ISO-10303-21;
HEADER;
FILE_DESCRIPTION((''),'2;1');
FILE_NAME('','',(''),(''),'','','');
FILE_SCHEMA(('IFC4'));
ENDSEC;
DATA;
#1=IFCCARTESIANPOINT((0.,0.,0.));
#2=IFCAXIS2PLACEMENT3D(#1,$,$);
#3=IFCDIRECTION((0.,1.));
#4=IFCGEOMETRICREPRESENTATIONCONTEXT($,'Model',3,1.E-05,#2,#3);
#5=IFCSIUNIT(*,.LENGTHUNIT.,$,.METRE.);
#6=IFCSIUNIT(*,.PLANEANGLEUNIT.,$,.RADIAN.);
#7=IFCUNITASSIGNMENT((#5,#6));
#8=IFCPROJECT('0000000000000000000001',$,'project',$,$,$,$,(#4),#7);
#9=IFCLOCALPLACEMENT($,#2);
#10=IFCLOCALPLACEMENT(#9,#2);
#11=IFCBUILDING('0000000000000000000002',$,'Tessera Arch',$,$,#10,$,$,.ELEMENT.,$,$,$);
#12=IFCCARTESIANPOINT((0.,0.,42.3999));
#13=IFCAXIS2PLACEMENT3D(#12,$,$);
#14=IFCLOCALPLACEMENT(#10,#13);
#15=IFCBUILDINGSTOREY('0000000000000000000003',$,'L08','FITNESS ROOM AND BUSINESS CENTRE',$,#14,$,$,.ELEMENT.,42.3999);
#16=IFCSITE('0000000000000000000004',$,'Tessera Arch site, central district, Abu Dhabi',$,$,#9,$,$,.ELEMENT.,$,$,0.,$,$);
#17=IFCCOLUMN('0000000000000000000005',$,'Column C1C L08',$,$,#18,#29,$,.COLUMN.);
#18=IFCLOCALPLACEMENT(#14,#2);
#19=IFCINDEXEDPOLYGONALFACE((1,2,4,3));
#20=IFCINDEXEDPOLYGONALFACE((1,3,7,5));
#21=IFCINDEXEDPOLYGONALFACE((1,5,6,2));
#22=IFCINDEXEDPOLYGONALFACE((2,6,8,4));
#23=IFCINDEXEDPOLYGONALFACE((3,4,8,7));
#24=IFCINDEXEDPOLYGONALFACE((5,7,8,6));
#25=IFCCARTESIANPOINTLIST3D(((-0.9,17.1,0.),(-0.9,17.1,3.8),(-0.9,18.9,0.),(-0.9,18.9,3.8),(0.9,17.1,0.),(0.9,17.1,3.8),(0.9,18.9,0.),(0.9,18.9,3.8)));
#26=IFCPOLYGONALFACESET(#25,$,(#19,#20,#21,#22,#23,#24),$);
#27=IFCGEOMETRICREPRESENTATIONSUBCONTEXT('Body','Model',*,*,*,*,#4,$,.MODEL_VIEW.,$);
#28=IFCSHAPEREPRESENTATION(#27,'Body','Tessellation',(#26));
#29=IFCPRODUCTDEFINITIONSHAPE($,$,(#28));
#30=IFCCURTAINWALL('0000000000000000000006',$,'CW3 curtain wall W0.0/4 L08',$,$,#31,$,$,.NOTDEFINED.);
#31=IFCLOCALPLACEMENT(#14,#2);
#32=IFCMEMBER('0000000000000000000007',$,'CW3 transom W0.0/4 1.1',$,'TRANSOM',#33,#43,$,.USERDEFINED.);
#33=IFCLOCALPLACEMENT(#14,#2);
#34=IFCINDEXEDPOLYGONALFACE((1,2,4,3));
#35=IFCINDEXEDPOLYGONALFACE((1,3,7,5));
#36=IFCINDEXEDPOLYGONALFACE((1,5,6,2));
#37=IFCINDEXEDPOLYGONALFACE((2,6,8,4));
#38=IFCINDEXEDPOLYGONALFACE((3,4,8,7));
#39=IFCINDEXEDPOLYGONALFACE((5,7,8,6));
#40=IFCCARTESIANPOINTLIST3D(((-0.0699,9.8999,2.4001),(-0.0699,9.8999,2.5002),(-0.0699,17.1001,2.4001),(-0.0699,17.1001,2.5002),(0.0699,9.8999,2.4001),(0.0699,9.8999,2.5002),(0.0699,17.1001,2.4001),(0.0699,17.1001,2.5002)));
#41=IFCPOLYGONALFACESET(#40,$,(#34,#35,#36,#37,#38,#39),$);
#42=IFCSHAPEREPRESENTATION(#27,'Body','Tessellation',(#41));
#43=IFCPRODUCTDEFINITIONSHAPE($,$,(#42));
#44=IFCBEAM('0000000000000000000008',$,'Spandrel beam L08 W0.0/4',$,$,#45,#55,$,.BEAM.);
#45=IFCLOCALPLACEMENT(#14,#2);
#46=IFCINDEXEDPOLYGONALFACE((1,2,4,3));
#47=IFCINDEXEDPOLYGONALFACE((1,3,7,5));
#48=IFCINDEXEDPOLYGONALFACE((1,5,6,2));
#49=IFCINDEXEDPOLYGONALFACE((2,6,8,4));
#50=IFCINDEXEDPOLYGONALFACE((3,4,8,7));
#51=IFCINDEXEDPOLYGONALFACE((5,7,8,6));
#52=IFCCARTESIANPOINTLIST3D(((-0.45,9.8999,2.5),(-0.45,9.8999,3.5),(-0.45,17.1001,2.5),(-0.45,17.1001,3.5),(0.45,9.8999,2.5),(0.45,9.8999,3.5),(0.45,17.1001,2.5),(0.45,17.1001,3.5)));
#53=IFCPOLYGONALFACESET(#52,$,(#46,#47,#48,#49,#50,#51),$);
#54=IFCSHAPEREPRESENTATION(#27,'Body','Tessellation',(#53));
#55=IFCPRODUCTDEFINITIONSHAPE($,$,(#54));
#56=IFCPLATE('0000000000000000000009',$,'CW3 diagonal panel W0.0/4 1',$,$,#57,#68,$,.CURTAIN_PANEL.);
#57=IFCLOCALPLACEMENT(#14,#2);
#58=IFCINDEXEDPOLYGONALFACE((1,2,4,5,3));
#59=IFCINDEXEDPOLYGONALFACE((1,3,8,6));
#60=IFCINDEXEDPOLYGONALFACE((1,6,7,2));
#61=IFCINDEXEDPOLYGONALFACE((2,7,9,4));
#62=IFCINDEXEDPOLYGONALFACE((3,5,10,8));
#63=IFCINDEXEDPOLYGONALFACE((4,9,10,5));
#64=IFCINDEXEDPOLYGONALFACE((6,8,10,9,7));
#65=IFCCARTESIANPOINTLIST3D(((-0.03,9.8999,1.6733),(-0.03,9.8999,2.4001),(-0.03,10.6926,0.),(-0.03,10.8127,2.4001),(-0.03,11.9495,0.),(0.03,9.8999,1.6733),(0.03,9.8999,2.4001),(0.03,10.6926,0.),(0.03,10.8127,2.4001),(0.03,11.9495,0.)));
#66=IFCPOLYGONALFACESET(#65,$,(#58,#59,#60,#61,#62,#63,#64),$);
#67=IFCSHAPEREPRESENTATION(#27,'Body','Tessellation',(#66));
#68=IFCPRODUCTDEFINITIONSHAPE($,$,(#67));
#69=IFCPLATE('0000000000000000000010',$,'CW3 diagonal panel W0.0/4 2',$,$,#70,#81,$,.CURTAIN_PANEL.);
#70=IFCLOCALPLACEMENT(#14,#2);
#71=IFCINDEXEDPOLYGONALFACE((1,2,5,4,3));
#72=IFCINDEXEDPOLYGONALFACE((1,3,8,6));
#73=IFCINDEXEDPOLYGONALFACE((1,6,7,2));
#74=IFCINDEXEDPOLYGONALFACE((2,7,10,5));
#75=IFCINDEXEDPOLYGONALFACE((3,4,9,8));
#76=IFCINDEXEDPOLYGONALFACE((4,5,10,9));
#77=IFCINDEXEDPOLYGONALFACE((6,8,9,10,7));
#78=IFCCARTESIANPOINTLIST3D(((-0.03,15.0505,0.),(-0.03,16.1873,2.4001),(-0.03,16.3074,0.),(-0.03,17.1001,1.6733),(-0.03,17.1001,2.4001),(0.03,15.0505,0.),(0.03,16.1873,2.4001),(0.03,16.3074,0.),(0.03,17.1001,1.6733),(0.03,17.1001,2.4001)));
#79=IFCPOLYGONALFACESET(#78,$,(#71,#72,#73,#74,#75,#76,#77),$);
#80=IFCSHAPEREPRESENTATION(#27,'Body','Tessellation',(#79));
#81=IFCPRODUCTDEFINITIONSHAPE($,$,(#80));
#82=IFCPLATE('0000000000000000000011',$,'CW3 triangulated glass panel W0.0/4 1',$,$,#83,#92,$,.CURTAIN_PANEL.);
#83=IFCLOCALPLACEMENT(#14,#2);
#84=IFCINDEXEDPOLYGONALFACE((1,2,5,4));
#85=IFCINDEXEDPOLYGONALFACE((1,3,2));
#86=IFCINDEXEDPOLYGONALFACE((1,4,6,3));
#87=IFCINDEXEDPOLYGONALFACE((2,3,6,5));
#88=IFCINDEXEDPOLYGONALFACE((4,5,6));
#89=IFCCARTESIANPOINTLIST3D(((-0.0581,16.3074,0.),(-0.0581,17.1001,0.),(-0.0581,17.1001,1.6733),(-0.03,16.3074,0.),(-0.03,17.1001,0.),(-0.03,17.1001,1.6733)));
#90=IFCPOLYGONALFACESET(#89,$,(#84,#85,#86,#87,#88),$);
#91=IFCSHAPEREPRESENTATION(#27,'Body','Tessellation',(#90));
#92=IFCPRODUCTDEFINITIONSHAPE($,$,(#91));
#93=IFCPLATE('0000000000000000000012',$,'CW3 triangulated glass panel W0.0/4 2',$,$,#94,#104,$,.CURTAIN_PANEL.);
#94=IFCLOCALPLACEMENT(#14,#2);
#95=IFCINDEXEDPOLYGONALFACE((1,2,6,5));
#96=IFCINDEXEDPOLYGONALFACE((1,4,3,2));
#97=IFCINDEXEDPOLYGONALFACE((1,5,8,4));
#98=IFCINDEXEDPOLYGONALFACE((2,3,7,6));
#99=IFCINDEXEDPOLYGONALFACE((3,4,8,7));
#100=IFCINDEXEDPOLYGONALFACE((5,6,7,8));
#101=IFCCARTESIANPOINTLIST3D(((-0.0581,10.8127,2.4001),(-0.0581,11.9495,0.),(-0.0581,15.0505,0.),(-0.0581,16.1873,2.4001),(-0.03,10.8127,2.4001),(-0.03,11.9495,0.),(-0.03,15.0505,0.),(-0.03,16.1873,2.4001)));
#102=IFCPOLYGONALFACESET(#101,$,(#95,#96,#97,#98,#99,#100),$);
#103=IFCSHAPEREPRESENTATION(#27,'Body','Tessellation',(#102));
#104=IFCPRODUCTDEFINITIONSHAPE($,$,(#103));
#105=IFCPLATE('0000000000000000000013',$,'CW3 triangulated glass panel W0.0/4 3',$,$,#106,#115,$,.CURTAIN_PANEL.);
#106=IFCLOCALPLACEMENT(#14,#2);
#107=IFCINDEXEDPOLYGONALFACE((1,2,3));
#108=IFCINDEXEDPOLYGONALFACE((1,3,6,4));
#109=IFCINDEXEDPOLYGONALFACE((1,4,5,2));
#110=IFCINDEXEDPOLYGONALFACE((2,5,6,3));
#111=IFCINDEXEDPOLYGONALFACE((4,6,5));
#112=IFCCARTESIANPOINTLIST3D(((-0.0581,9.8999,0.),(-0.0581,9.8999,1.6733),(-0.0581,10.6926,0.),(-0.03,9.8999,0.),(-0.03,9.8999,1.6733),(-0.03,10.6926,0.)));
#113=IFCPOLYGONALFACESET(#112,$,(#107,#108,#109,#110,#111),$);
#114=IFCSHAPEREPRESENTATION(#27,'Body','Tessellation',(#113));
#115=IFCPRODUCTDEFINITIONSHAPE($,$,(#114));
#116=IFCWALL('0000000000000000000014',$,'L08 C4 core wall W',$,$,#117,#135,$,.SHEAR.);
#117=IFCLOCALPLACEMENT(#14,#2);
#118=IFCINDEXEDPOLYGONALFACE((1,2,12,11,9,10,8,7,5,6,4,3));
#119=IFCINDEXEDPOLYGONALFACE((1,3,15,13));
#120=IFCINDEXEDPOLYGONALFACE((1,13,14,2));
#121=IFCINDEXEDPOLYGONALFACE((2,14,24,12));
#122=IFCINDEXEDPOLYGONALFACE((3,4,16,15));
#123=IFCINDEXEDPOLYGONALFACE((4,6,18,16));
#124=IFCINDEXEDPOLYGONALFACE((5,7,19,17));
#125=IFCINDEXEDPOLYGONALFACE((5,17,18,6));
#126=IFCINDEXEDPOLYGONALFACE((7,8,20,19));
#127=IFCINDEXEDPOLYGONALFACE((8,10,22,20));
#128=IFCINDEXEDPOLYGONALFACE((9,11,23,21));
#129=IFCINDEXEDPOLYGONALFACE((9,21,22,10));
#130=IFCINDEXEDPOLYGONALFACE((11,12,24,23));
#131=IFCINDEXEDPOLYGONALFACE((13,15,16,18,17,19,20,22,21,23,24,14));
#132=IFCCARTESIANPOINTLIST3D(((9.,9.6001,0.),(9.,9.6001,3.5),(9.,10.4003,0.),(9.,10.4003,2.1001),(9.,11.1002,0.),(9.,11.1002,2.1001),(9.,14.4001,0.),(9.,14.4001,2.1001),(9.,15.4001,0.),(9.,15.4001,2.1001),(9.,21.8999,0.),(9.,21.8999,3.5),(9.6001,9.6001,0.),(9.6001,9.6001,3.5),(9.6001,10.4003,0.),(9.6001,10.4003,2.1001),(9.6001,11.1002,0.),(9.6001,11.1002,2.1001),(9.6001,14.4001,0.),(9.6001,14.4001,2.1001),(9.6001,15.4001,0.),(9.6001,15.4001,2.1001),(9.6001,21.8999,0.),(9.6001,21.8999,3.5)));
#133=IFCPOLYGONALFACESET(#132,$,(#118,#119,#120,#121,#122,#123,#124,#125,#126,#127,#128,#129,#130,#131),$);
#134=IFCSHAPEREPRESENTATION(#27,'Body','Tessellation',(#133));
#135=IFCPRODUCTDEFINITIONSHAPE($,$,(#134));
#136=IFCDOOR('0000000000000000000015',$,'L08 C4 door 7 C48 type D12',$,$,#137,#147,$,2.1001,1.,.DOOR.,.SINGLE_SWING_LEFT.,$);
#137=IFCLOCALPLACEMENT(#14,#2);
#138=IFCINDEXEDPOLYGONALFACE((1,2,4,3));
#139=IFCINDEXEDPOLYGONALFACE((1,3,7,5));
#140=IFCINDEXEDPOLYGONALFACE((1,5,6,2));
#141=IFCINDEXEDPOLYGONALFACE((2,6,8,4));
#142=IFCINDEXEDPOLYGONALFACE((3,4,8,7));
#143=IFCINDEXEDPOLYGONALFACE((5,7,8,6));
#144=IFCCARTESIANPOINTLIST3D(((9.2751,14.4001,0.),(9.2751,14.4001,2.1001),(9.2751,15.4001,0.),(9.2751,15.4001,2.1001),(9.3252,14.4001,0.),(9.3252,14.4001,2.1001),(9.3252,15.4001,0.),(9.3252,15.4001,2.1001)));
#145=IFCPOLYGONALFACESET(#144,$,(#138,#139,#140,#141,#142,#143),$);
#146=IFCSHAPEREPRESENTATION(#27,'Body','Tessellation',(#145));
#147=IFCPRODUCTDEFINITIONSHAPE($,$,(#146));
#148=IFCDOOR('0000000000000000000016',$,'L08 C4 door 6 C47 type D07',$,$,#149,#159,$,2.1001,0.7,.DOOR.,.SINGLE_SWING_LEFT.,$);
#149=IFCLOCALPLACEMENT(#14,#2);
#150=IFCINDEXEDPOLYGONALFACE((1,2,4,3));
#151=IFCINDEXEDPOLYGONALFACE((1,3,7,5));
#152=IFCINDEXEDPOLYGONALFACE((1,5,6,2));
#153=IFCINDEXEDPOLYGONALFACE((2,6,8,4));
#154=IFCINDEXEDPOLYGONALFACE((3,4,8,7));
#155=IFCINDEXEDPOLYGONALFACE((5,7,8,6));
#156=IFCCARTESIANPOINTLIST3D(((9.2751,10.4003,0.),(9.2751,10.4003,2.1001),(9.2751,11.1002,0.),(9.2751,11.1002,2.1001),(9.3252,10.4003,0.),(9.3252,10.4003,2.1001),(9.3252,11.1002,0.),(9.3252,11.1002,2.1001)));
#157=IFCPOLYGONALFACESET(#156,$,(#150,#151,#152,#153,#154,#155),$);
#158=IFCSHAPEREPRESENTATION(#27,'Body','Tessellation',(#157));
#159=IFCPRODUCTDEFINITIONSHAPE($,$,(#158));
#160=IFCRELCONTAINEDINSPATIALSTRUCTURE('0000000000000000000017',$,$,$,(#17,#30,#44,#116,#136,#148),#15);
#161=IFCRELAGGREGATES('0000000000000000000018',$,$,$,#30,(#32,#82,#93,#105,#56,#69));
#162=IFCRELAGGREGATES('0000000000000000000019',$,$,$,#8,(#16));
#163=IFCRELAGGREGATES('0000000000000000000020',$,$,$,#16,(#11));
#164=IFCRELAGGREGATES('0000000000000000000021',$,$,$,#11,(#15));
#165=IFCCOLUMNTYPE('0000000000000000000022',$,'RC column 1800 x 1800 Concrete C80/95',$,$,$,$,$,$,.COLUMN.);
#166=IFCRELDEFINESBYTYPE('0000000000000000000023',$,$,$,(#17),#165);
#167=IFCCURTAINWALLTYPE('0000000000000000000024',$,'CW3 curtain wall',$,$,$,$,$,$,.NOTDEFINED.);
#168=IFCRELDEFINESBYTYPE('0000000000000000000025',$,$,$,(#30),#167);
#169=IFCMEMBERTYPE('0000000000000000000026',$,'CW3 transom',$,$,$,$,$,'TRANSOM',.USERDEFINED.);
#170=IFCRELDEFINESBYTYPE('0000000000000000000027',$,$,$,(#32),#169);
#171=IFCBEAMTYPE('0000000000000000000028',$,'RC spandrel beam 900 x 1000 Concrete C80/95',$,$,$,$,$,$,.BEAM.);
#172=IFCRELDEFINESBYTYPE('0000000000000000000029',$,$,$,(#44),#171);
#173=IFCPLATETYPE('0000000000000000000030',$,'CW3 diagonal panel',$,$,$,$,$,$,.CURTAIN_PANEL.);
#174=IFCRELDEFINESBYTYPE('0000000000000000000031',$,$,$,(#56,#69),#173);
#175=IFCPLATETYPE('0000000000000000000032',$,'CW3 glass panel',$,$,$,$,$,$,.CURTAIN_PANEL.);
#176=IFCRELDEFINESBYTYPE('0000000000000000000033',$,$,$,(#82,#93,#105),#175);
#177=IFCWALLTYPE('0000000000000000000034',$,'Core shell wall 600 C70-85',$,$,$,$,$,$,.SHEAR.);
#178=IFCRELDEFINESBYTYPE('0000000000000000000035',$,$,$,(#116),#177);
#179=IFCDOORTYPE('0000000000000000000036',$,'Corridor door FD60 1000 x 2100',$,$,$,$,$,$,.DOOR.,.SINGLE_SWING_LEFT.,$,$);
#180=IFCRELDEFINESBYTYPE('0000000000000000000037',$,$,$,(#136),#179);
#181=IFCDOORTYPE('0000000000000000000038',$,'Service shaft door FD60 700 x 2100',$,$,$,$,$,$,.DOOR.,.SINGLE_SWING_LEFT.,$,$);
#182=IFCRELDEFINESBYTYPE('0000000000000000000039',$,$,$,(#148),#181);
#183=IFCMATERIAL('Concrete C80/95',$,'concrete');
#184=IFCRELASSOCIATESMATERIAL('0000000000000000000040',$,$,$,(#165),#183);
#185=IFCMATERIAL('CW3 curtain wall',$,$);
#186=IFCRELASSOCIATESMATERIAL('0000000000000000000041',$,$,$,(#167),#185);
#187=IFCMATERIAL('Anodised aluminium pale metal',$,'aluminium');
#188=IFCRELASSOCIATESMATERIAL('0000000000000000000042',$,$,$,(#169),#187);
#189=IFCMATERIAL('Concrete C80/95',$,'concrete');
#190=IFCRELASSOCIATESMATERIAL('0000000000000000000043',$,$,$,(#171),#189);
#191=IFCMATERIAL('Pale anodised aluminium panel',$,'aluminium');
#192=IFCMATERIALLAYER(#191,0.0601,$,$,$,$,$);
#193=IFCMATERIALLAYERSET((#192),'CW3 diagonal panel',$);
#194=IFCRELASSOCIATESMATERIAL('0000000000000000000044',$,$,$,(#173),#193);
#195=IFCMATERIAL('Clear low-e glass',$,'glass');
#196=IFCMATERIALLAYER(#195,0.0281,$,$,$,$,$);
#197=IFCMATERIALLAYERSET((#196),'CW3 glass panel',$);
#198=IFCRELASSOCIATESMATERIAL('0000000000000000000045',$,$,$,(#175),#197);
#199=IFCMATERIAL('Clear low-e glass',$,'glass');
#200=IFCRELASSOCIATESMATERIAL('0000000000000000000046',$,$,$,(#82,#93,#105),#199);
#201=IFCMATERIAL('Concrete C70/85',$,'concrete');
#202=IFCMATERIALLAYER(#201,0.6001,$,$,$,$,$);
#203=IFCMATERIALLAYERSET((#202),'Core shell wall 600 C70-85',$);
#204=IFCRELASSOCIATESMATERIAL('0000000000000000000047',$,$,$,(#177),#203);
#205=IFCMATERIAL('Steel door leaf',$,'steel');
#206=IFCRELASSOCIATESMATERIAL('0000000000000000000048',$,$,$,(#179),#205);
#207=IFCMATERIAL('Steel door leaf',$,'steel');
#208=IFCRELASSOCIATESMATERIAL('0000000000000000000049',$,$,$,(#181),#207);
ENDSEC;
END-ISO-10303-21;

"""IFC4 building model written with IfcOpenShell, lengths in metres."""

from ifc_helpers import new_model, si_unit, direction, frame, frame_2d, origin, origin_2d, place, context, subcontext, project, spatial, polyline, rectangle, outline, extrude, material, layer, layer_set, material_profile, profile_set, type_object, element, fill, aggregate, save


model = new_model("IFC4")

# Units and contexts
model_context = context("Model", 3, precision=1e-05, world=origin(), true_north=direction((0.0, 1.0)))
body_context = subcontext(model_context, "Body", "Model", "MODEL_VIEW")
ifc_project = project(units=[si_unit("LENGTHUNIT", "METRE"), si_unit("PLANEANGLEUNIT", "RADIAN")], contexts=[model_context])

# Site, building, storey
site_placement = place(None, origin())
site = spatial("IfcSite", under=ifc_project, at=site_placement, Name="Tessera Arch site, central district, Abu Dhabi", CompositionType="ELEMENT", RefElevation=0.0)
building_placement = place(site_placement, origin())
building = spatial("IfcBuilding", under=site, at=building_placement, Name="Tessera Arch", CompositionType="ELEMENT")
storey_placement = place(building_placement, frame((0.0, 0.0, 42.3999)))
storey = spatial("IfcBuildingStorey", under=building, at=storey_placement, Name="L08", Description="FITNESS ROOM AND BUSINESS CENTRE", CompositionType="ELEMENT", Elevation=42.3999)

# Column
ifc_material_1 = material(Name="Concrete C80/95", Category="concrete")
ifc_material_profile_1 = material_profile(ifc_material_1, rectangle(XDim=1.8, YDim=1.8, at=origin_2d()), Name="RC column 1800 x 1800 Concrete C80/95")
ifc_profile_set_1 = profile_set([ifc_material_profile_1], Name="Concrete C80/95")
column_type = type_object("IfcColumnType", Name="RC column 1800 x 1800 Concrete C80/95", PredefinedType="COLUMN", material=ifc_profile_set_1)
column_placement = place(storey_placement, frame((0.0, 18.0, 0.0), z_axis=(0.0, 0.0, 1.0), x_axis=(1.0, 0.0, 0.0)))
element("IfcColumn", 1, at=column_placement, inside=storey, type_object=column_type, Name="Column C1C L08", PredefinedType="COLUMN", context=body_context, shape_type="SweptSolid", body=[
    extrude(rectangle(XDim=1.8, YDim=1.8, at=origin_2d()), origin(), (0.0, 0.0, 1.0), 3.8),
])

# Curtain wall, member
ifc_material_2 = material(Name="CW3 curtain wall")
curtain_wall_type = type_object("IfcCurtainWallType", Name="CW3 curtain wall", PredefinedType="NOTDEFINED", material=ifc_material_2)
curtain_wall_placement = place(storey_placement, origin())
curtain_wall = element("IfcCurtainWall", 2, at=curtain_wall_placement, inside=storey, type_object=curtain_wall_type, Name="CW3 curtain wall W0.0/4 L08", PredefinedType="NOTDEFINED")
ifc_material_3 = material(Name="Anodised aluminium pale metal", Category="aluminium")
ifc_material_profile_2 = material_profile(ifc_material_3, rectangle(XDim=0.1399, YDim=0.1001, at=origin_2d()), Name="AL 140x100")
ifc_profile_set_2 = profile_set([ifc_material_profile_2], Name="Anodised aluminium pale metal")
member_type = type_object("IfcMemberType", Name="CW3 transom", ElementType="TRANSOM", PredefinedType="USERDEFINED", material=ifc_profile_set_2)
member_placement = place(storey_placement, frame((0.0, 17.1001, 2.4502), z_axis=(0.0, -1.0, 0.0), x_axis=(1.0, 0.0, 0.0)))
member = element("IfcMember", 3, at=member_placement, type_object=member_type, Name="CW3 transom W0.0/4 1.1", ObjectType="TRANSOM", PredefinedType="USERDEFINED", context=body_context, shape_type="SweptSolid", body=[
    extrude(rectangle(XDim=0.1399, YDim=0.1001, at=origin_2d()), origin(), (0.0, 0.0, 1.0), 7.2002),
])

# Beam
ifc_material_4 = material(Name="Concrete C80/95", Category="concrete")
ifc_material_profile_3 = material_profile(ifc_material_4, rectangle(XDim=0.8999, YDim=1.0, at=origin_2d()), Name="RC spandrel beam 900 x 1000 Concrete C80/95")
ifc_profile_set_3 = profile_set([ifc_material_profile_3], Name="Concrete C80/95")
beam_type = type_object("IfcBeamType", Name="RC spandrel beam 900 x 1000 Concrete C80/95", PredefinedType="BEAM", material=ifc_profile_set_3)
beam_placement = place(storey_placement, frame((0.0, 17.1001, 3.0), z_axis=(0.0, -1.0, 0.0), x_axis=(1.0, 0.0, 0.0)))
element("IfcBeam", 4, at=beam_placement, inside=storey, type_object=beam_type, Name="Spandrel beam L08 W0.0/4", PredefinedType="BEAM", context=body_context, shape_type="SweptSolid", body=[
    extrude(rectangle(XDim=0.8999, YDim=1.0, at=origin_2d()), origin(), (0.0, 0.0, 1.0), 7.2002),
])

# Plates
ifc_material_5 = material(Name="Pale anodised aluminium panel", Category="aluminium")
ifc_layer_1 = layer(ifc_material_5, 0.0601)
ifc_layer_set_1 = layer_set([ifc_layer_1], Name="CW3 diagonal panel")
plate_type_1 = type_object("IfcPlateType", Name="CW3 diagonal panel", PredefinedType="CURTAIN_PANEL", material=ifc_layer_set_1)
plate_1_placement = place(storey_placement, frame((-0.03, 9.8999, 2.4001), z_axis=(-1.0, 0.0, 0.0), x_axis=(0.0, 1.0, 0.0)))
plate_1 = element("IfcPlate", 5, at=plate_1_placement, type_object=plate_type_1, Name="CW3 diagonal panel W0.0/4 1", PredefinedType="CURTAIN_PANEL", context=body_context, shape_type="SweptSolid", body=[
    extrude(outline(polyline([(0.0, 0.0), (0.9128, 0.0), (2.0496, 2.4001), (0.7927, 2.4001), (0.0, 0.7268), (0.0, 0.0)])), origin(), (0.0, 0.0, -1.0), 0.0601),
])
plate_2_placement = place(storey_placement, frame((-0.03, 17.1001, 2.4001), z_axis=(-1.0, 0.0, 0.0), x_axis=(0.0, 0.0, -1.0)))
plate_2 = element("IfcPlate", 6, at=plate_2_placement, type_object=plate_type_1, Name="CW3 diagonal panel W0.0/4 2", PredefinedType="CURTAIN_PANEL", context=body_context, shape_type="SweptSolid", body=[
    extrude(outline(polyline([(0.0, 0.0), (0.7268, 0.0), (2.4001, 0.7927), (2.4001, 2.0496), (0.0, 0.9128), (0.0, 0.0)])), origin(), (0.0, 0.0, -1.0), 0.0601),
])
ifc_material_6 = material(Name="Clear low-e glass", Category="glass")
ifc_material_7 = material(Name="Clear low-e glass", Category="glass")
ifc_layer_2 = layer(ifc_material_7, 0.0281)
ifc_layer_set_2 = layer_set([ifc_layer_2], Name="CW3 glass panel")
plate_type_2 = type_object("IfcPlateType", Name="CW3 glass panel", PredefinedType="CURTAIN_PANEL", material=ifc_layer_set_2)
plate_3_placement = place(storey_placement, frame((-0.0581, 17.1001, 0.0), z_axis=(-1.0, 0.0, 0.0), x_axis=(0.0, -1.0, 0.0)))
plate_3 = element("IfcPlate", 7, at=plate_3_placement, type_object=plate_type_2, material=ifc_material_6, Name="CW3 triangulated glass panel W0.0/4 1", PredefinedType="CURTAIN_PANEL", context=body_context, shape_type="SweptSolid", body=[
    extrude(outline(polyline([(0.0, 0.0), (0.7927, 0.0), (0.0, 1.6733), (0.0, 0.0)])), origin(), (0.0, 0.0, -1.0), 0.0281),
])
plate_4_placement = place(storey_placement, frame((-0.0581, 10.8127, 2.4001), z_axis=(-1.0, 0.0, 0.0), x_axis=(0.0, 1.0, 0.0)))
plate_4 = element("IfcPlate", 8, at=plate_4_placement, type_object=plate_type_2, material=ifc_material_6, Name="CW3 triangulated glass panel W0.0/4 2", PredefinedType="CURTAIN_PANEL", context=body_context, shape_type="SweptSolid", body=[
    extrude(outline(polyline([(0.0, 0.0), (5.3745, 0.0), (4.2378, 2.4001), (1.1367, 2.4001), (0.0, 0.0)])), origin(), (0.0, 0.0, -1.0), 0.0281),
])
plate_5_placement = place(storey_placement, frame((-0.0581, 9.8999, 0.0), z_axis=(-1.0, 0.0, 0.0), x_axis=(0.0, 0.0, 1.0)))
plate_5 = element("IfcPlate", 9, at=plate_5_placement, type_object=plate_type_2, material=ifc_material_6, Name="CW3 triangulated glass panel W0.0/4 3", PredefinedType="CURTAIN_PANEL", context=body_context, shape_type="SweptSolid", body=[
    extrude(outline(polyline([(0.0, 0.0), (1.6733, 0.0), (0.0, 0.7927), (0.0, 0.0)])), origin(), (0.0, 0.0, -1.0), 0.0281),
])
aggregate(curtain_wall, [member, plate_3, plate_4, plate_5, plate_1, plate_2])

# Wall, openings, doors
ifc_material_8 = material(Name="Concrete C70/85", Category="concrete")
ifc_layer_3 = layer(ifc_material_8, 0.6001)
ifc_layer_set_3 = layer_set([ifc_layer_3], Name="Core shell wall 600 C70-85")
wall_type_1 = type_object("IfcWallType", Name="Core shell wall 600 C70-85", PredefinedType="SHEAR", material=ifc_layer_set_3)
wall_1_placement = place(storey_placement, frame((9.3, 9.6001, 0.0), z_axis=(0.0, 0.0, 1.0), x_axis=(0.0, 1.0, 0.0)))
wall_1 = element("IfcWall", 10, at=wall_1_placement, inside=storey, type_object=wall_type_1, Name="L08 C4 core wall W", PredefinedType="SHEAR", context=body_context, shape_type="SweptSolid", body=[
    extrude(rectangle(XDim=12.2998, YDim=0.6001, at=frame_2d((6.1499, 0.0))), origin(), (0.0, 0.0, 1.0), 3.5),
])
opening_1_placement = place(wall_1_placement, frame((0.8, 0.0, 0.0)))
opening_1 = element("IfcOpeningElement", 11, at=opening_1_placement, cuts=wall_1, PredefinedType="OPENING", context=body_context, shape_type="SweptSolid", body=[
    extrude(rectangle(XDim=0.7, YDim=2.1001, at=frame_2d((0.3501, 1.05))), frame((0.0, 0.3101, 0.0), z_axis=(0.0, -1.0, 0.0), x_axis=(1.0, 0.0, 0.0)), (0.0, 0.0, 1.0), 0.6201),
])
opening_2_placement = place(wall_1_placement, frame((4.8, 0.0, 0.0)))
opening_2 = element("IfcOpeningElement", 12, at=opening_2_placement, cuts=wall_1, PredefinedType="OPENING", context=body_context, shape_type="SweptSolid", body=[
    extrude(rectangle(XDim=1.0, YDim=2.1001, at=frame_2d((0.5, 1.05))), frame((0.0, 0.3101, 0.0), z_axis=(0.0, -1.0, 0.0), x_axis=(1.0, 0.0, 0.0)), (0.0, 0.0, 1.0), 0.6201),
])
ifc_material_9 = material(Name="Steel door leaf", Category="steel")
door_type_1 = type_object("IfcDoorType", Name="Corridor door FD60 1000 x 2100", OperationType="SINGLE_SWING_LEFT", PredefinedType="DOOR", material=ifc_material_9)
door_1_placement = place(opening_2_placement, origin())
door_1 = element("IfcDoor", 13, at=door_1_placement, inside=storey, type_object=door_type_1, Name="L08 C4 door 7 C48 type D12", OperationType="SINGLE_SWING_LEFT", OverallHeight=2.1001, OverallWidth=1.0, PredefinedType="DOOR", context=body_context, shape_type="SweptSolid", body=[
    extrude(rectangle(XDim=1.0, YDim=2.1001, at=frame_2d((0.5, 1.05))), frame((0.0, 0.0249, 0.0), z_axis=(0.0, -1.0, 0.0), x_axis=(1.0, 0.0, 0.0)), (0.0, 0.0, 1.0), 0.05),
])
fill(opening_2, door_1)
ifc_material_10 = material(Name="Steel door leaf", Category="steel")
door_type_2 = type_object("IfcDoorType", Name="Service shaft door FD60 700 x 2100", OperationType="SINGLE_SWING_LEFT", PredefinedType="DOOR", material=ifc_material_10)
door_2_placement = place(opening_1_placement, origin())
door_2 = element("IfcDoor", 14, at=door_2_placement, inside=storey, type_object=door_type_2, Name="L08 C4 door 6 C47 type D07", OperationType="SINGLE_SWING_LEFT", OverallHeight=2.1001, OverallWidth=0.7, PredefinedType="DOOR", context=body_context, shape_type="SweptSolid", body=[
    extrude(rectangle(XDim=0.7, YDim=2.1001, at=frame_2d((0.3501, 1.05))), frame((0.0, 0.0249, 0.0), z_axis=(0.0, -1.0, 0.0), x_axis=(1.0, 0.0, 0.0)), (0.0, 0.0, 1.0), 0.05),
])
fill(opening_1, door_2)

save(model, "model.ifc")
